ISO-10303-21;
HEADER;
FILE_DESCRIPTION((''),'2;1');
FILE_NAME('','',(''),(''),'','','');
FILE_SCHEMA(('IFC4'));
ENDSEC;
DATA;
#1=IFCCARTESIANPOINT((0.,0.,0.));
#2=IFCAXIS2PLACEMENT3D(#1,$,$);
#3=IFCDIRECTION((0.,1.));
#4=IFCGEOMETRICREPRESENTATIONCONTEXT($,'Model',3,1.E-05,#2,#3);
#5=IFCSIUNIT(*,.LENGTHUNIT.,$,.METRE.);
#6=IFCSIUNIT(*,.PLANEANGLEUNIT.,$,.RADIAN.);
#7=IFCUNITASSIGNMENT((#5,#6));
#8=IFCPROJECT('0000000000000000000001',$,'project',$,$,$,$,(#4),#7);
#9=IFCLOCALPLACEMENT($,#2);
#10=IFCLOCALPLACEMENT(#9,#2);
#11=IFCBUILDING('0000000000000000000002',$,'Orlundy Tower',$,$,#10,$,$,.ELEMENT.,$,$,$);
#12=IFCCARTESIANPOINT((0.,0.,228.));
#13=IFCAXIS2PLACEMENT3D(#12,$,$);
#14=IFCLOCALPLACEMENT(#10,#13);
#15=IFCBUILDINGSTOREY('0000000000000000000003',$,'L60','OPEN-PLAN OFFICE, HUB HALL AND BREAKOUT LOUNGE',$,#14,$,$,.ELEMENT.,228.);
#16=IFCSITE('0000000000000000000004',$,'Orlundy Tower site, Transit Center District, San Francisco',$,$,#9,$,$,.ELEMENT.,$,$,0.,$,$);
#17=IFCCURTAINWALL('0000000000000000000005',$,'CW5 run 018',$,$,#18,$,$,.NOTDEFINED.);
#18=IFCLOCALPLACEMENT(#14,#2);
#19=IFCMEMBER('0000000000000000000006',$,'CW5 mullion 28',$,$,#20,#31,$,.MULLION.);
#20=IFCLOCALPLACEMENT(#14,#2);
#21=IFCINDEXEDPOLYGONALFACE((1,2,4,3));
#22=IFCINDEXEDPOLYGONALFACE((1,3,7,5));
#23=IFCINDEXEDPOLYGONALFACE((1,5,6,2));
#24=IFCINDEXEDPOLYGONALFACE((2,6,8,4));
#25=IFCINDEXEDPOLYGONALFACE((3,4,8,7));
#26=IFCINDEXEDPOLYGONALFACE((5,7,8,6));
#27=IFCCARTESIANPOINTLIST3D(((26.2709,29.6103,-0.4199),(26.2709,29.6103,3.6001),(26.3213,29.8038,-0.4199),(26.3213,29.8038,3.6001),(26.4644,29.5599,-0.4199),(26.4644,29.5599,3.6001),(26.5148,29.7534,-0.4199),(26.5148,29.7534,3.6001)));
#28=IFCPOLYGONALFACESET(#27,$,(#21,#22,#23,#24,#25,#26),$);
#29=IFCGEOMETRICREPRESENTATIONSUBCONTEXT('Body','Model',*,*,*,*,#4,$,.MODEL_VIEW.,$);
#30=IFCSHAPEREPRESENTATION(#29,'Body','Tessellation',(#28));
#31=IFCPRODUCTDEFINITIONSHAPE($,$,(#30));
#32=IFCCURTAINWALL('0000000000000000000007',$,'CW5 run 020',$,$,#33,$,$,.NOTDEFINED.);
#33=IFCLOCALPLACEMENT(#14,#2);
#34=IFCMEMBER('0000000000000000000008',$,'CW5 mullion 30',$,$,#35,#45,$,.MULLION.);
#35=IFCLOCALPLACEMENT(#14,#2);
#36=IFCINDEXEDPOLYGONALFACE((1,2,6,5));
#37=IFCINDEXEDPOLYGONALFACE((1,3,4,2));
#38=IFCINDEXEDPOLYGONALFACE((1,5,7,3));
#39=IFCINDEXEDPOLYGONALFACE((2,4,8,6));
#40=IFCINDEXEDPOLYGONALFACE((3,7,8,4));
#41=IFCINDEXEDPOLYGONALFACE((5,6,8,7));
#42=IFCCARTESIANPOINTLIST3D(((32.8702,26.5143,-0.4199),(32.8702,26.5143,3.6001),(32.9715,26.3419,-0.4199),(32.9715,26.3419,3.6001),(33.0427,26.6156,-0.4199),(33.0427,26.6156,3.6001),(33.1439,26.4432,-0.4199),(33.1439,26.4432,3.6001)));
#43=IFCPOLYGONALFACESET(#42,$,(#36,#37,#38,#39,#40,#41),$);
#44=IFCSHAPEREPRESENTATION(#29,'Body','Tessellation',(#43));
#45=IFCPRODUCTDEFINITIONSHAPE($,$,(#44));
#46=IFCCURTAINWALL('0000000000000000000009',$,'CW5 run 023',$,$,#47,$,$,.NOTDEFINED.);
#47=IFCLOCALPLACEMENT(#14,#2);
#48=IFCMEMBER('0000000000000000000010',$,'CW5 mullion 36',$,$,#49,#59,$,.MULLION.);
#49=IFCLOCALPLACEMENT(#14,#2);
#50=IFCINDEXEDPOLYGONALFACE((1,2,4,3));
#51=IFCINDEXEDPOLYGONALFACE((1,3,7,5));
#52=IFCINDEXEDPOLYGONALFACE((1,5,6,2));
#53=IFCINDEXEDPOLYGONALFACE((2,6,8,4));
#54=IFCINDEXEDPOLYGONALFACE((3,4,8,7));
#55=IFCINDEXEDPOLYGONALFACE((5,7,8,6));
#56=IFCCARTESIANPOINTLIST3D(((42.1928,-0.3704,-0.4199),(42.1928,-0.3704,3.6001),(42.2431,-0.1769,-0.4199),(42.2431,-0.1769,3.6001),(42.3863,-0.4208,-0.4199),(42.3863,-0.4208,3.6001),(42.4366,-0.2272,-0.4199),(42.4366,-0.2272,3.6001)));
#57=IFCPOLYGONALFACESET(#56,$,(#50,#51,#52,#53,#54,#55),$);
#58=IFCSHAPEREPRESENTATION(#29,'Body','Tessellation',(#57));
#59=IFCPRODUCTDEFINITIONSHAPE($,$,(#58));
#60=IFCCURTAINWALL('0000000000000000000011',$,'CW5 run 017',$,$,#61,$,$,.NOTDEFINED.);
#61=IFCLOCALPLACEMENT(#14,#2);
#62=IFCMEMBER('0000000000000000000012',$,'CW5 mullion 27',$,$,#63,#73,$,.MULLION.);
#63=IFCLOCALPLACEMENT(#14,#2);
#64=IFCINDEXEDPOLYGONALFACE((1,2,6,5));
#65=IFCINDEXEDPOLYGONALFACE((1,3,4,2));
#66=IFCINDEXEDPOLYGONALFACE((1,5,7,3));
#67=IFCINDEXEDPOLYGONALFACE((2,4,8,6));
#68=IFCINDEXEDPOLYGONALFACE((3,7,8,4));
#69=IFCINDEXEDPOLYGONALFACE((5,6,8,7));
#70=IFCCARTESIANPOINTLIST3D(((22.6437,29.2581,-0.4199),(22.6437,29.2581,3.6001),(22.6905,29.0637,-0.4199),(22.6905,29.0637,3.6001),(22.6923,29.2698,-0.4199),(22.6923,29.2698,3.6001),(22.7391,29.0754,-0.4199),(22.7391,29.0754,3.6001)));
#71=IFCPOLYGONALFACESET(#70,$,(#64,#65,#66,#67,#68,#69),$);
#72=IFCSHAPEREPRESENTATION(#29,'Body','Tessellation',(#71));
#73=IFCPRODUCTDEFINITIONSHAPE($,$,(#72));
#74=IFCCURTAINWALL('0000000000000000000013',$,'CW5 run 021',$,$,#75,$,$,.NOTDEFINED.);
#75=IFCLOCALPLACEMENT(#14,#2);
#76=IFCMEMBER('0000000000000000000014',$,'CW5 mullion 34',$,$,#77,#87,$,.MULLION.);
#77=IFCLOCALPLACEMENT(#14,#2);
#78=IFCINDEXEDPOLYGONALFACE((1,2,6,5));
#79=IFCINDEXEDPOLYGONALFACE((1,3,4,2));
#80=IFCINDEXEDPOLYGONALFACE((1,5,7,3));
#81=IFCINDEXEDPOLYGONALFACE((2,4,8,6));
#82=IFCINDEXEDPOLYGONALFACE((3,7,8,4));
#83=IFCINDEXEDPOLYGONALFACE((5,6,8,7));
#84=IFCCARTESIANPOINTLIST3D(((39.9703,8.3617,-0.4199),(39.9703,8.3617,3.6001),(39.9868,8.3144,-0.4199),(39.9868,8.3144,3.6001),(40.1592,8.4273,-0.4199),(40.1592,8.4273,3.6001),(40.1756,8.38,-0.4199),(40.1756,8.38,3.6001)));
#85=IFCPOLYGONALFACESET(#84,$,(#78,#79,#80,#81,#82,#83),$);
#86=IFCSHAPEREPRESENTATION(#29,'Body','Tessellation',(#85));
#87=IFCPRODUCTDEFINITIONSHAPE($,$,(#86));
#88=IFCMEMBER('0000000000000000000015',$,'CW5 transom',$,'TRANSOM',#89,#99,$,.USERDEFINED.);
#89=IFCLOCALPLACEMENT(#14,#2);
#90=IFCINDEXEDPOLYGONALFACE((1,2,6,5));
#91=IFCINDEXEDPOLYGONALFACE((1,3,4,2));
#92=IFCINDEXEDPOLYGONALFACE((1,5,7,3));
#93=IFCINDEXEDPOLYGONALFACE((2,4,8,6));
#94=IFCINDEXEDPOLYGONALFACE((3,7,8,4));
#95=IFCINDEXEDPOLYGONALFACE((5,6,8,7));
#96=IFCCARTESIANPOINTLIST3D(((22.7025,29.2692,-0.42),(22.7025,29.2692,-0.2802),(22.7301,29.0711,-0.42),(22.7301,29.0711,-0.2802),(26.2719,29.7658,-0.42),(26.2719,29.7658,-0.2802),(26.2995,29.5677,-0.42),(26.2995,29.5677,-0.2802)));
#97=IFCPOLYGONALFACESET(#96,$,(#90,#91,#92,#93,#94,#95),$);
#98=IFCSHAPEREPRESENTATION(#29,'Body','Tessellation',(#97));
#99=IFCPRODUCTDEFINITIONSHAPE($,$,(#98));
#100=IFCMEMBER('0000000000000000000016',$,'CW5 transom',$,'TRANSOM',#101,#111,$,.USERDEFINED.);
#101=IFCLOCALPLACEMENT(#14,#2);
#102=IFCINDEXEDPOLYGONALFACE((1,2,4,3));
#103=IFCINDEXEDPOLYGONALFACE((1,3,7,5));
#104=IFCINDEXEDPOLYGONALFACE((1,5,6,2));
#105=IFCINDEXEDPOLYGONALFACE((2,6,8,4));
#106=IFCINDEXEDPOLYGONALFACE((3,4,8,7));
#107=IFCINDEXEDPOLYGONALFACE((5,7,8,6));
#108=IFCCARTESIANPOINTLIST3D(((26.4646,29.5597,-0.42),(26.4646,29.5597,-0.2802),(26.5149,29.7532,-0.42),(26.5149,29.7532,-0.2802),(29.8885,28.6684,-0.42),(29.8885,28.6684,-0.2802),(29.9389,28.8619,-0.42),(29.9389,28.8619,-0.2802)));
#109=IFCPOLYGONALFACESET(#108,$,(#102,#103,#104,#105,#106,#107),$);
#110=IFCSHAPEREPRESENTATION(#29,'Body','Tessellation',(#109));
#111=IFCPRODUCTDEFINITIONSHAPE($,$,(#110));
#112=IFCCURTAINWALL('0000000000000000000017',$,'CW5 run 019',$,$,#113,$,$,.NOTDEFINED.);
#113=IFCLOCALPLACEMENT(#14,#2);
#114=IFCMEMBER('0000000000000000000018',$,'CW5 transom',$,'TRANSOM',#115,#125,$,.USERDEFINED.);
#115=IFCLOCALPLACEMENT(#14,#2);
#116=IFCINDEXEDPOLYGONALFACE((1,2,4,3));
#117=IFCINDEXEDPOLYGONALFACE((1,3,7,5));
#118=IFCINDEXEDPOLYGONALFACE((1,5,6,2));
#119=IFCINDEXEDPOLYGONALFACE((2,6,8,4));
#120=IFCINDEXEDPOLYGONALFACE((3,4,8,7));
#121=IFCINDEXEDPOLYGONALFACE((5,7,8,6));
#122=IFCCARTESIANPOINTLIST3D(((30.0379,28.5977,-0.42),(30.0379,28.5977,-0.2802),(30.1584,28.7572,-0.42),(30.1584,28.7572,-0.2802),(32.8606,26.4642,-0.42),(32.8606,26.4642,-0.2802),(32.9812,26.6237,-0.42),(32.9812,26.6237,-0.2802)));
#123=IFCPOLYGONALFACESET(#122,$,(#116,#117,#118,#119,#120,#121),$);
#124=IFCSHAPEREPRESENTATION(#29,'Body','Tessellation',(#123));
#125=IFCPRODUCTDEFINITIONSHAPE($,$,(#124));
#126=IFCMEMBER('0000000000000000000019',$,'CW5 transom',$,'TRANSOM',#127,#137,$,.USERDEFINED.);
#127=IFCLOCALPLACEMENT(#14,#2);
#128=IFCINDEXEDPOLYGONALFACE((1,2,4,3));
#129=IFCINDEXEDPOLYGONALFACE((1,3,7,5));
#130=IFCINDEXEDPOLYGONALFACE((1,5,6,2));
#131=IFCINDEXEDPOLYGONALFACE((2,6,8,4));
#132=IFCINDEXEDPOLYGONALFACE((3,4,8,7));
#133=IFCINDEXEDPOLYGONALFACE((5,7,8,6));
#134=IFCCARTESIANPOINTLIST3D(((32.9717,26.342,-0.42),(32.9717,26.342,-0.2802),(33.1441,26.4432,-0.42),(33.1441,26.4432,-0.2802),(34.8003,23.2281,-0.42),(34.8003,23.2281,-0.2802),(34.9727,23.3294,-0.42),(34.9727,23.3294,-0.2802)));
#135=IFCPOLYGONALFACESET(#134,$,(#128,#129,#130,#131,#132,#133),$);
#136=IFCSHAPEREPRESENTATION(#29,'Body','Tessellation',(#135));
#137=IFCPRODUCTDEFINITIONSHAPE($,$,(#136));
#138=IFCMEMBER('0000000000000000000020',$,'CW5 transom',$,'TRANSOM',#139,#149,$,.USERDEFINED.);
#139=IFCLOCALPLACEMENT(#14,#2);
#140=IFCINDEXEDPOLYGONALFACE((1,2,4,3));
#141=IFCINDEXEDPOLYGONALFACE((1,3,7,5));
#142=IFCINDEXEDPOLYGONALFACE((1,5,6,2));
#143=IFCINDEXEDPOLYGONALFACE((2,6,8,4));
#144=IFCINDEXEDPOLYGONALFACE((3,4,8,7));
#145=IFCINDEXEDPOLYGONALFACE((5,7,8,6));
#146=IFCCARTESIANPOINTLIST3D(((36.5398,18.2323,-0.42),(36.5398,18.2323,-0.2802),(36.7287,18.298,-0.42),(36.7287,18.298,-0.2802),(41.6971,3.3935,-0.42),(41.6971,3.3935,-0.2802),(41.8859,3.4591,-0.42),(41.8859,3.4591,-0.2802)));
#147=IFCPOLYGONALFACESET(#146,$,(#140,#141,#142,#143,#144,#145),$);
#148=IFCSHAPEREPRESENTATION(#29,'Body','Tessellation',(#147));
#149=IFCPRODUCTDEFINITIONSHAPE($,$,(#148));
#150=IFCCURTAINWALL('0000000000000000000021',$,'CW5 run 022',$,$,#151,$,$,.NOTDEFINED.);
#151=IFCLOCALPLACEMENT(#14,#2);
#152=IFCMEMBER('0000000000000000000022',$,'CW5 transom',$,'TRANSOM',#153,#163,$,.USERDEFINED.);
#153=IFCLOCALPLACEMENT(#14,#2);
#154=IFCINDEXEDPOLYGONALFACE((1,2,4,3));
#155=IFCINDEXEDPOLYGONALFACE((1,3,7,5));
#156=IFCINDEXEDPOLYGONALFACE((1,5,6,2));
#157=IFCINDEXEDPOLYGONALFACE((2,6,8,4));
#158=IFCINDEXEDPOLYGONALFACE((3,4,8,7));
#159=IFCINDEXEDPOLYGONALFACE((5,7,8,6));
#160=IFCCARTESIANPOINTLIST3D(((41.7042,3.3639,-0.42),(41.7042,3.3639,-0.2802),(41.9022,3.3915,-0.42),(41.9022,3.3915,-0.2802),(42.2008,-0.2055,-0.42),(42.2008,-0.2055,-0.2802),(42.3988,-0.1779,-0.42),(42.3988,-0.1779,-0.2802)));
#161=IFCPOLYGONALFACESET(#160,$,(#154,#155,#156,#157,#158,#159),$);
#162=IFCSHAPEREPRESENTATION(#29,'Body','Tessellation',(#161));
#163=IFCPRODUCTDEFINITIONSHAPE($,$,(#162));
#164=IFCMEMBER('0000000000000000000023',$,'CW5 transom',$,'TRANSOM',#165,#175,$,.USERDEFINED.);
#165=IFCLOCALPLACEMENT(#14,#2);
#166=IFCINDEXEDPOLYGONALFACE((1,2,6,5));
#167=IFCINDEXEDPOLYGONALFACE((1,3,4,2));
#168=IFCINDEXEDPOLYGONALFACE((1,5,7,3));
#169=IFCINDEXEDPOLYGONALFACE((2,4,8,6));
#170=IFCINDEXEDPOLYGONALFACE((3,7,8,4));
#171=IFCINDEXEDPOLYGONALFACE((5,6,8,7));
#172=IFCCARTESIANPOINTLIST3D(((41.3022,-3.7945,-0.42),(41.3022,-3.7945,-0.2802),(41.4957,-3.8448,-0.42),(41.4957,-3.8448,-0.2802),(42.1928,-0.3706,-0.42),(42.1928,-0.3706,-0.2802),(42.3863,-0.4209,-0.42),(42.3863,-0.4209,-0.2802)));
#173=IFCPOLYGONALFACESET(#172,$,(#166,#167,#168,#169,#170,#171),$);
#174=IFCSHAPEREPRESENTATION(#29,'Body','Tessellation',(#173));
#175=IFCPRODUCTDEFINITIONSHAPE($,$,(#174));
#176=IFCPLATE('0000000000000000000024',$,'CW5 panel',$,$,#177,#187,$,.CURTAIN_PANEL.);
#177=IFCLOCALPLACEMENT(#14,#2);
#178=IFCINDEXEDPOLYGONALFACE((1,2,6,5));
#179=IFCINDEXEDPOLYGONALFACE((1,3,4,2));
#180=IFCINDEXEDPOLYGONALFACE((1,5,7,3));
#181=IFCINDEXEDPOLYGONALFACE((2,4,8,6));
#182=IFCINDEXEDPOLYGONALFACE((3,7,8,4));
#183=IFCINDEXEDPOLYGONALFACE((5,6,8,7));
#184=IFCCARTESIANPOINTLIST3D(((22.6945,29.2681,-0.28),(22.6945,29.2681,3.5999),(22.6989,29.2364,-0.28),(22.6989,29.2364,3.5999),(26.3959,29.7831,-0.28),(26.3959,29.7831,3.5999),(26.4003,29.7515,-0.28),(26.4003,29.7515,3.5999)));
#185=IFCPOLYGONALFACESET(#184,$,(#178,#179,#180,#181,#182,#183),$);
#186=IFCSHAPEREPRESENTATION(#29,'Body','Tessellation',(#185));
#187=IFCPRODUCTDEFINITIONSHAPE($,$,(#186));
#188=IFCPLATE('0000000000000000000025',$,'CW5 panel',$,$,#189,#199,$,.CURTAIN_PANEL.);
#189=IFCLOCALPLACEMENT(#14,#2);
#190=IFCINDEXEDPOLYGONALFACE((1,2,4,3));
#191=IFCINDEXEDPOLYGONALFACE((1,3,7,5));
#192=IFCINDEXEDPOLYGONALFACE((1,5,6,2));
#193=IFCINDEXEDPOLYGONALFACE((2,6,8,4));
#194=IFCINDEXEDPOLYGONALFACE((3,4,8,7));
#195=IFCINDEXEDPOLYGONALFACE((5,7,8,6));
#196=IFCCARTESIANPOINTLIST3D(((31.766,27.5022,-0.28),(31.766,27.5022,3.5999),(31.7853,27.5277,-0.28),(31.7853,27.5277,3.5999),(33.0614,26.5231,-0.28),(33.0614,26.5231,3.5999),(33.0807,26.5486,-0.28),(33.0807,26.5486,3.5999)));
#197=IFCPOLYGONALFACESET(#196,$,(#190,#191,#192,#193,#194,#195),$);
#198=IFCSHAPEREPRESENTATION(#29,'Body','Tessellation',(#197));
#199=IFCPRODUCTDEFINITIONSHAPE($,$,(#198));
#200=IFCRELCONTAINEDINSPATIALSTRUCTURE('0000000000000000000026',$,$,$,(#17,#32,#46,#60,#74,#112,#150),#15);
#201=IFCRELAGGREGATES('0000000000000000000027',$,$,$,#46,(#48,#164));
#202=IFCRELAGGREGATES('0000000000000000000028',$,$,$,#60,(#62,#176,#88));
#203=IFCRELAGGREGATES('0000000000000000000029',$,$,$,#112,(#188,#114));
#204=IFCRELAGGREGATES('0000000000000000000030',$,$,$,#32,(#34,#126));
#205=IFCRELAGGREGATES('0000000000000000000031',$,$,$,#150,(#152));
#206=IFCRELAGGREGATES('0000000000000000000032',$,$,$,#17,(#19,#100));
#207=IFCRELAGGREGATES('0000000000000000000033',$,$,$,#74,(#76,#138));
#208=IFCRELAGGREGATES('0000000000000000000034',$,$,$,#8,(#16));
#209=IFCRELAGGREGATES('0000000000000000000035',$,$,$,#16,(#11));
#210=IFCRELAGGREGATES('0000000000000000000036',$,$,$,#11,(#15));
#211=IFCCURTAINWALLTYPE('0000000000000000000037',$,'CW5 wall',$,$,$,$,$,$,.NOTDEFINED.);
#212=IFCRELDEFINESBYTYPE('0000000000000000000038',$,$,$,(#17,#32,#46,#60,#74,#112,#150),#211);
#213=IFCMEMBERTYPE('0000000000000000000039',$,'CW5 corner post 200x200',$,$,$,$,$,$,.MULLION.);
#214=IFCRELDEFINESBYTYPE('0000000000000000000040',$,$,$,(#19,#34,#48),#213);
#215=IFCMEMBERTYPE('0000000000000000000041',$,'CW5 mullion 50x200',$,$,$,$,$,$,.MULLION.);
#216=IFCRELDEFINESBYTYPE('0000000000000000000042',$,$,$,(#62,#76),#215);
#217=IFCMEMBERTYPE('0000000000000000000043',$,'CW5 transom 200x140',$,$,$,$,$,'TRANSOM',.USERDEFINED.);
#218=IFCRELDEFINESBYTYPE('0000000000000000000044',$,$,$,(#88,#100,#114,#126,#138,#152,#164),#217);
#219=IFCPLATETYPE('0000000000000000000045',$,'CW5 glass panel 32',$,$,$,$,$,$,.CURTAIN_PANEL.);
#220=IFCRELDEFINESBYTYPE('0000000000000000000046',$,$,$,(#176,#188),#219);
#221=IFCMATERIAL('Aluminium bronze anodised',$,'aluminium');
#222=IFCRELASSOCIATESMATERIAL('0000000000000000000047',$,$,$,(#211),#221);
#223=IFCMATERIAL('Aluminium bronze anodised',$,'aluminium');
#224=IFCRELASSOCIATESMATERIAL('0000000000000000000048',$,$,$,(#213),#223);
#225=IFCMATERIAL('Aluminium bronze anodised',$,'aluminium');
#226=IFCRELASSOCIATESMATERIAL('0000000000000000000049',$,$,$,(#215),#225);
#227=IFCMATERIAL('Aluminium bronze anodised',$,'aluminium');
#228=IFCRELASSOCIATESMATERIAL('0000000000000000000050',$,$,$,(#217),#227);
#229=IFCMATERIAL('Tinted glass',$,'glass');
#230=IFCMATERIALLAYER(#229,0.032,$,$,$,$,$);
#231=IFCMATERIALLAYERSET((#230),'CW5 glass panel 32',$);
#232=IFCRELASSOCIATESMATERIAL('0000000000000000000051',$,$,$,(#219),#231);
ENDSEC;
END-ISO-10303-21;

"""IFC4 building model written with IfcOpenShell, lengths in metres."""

from ifc_helpers import new_model, si_unit, direction, frame, origin, origin_2d, place, context, subcontext, project, spatial, rectangle, extrude, material, layer, layer_set, material_profile, profile_set, type_object, element, aggregate, save


model = new_model("IFC4")

# Units and contexts
model_context = context("Model", 3, precision=1e-05, world=origin(), true_north=direction((0.0, 1.0)))
body_context = subcontext(model_context, "Body", "Model", "MODEL_VIEW")
ifc_project = project(units=[si_unit("LENGTHUNIT", "METRE"), si_unit("PLANEANGLEUNIT", "RADIAN")], contexts=[model_context])

# Site, building, storey
site_placement = place(None, origin())
site = spatial("IfcSite", under=ifc_project, at=site_placement, Name="Orlundy Tower site, Transit Center District, San Francisco", CompositionType="ELEMENT", RefElevation=0.0)
building_placement = place(site_placement, origin())
building = spatial("IfcBuilding", under=site, at=building_placement, Name="Orlundy Tower", CompositionType="ELEMENT")
storey_placement = place(building_placement, frame((0.0, 0.0, 228.0)))
storey = spatial("IfcBuildingStorey", under=building, at=storey_placement, Name="L60", Description="OPEN-PLAN OFFICE, HUB HALL AND BREAKOUT LOUNGE", CompositionType="ELEMENT", Elevation=228.0)

# Curtain walls, members
ifc_material_1 = material(Name="Aluminium bronze anodised", Category="aluminium")
curtain_wall_type = type_object("IfcCurtainWallType", Name="CW5 wall", PredefinedType="NOTDEFINED", material=ifc_material_1)
curtain_wall_1_placement = place(storey_placement, origin())
curtain_wall_1 = element("IfcCurtainWall", 1, at=curtain_wall_1_placement, inside=storey, type_object=curtain_wall_type, Name="CW5 run 018", PredefinedType="NOTDEFINED")
ifc_material_2 = material(Name="Aluminium bronze anodised", Category="aluminium")
ifc_material_profile_1 = material_profile(ifc_material_2, rectangle(XDim=0.2, YDim=0.2, at=origin_2d()), Name="CW5 corner post 200x200")
ifc_profile_set_1 = profile_set([ifc_material_profile_1], Name="Aluminium bronze anodised")
member_type_1 = type_object("IfcMemberType", Name="CW5 corner post 200x200", PredefinedType="MULLION", material=ifc_profile_set_1)
member_1_placement = place(storey_placement, frame((26.3928, 29.6819, -0.4199), z_axis=(0.0, 0.0, 1.0), x_axis=(0.251983, 0.967732, 0.0)))
member_1 = element("IfcMember", 2, at=member_1_placement, type_object=member_type_1, Name="CW5 mullion 28", PredefinedType="MULLION", context=body_context, shape_type="SweptSolid", body=[
    extrude(rectangle(XDim=0.2, YDim=0.2, at=origin_2d()), origin(), (0.0, 0.0, 1.0), 4.02),
])
curtain_wall_2_placement = place(storey_placement, origin())
curtain_wall_2 = element("IfcCurtainWall", 3, at=curtain_wall_2_placement, inside=storey, type_object=curtain_wall_type, Name="CW5 run 020", PredefinedType="NOTDEFINED")
member_2_placement = place(storey_placement, frame((33.0071, 26.4788, -0.4199), z_axis=(0.0, 0.0, 1.0), x_axis=(0.862288, 0.506419, 0.0)))
member_2 = element("IfcMember", 4, at=member_2_placement, type_object=member_type_1, Name="CW5 mullion 30", PredefinedType="MULLION", context=body_context, shape_type="SweptSolid", body=[
    extrude(rectangle(XDim=0.2, YDim=0.2, at=origin_2d()), origin(), (0.0, 0.0, 1.0), 4.02),
])
curtain_wall_3_placement = place(storey_placement, origin())
curtain_wall_3 = element("IfcCurtainWall", 5, at=curtain_wall_3_placement, inside=storey, type_object=curtain_wall_type, Name="CW5 run 023", PredefinedType="NOTDEFINED")
member_3_placement = place(storey_placement, frame((42.3147, -0.2988, -0.4199), z_axis=(0.0, 0.0, 1.0), x_axis=(0.967798, -0.25173, 0.0)))
member_3 = element("IfcMember", 6, at=member_3_placement, type_object=member_type_1, Name="CW5 mullion 36", PredefinedType="MULLION", context=body_context, shape_type="SweptSolid", body=[
    extrude(rectangle(XDim=0.2, YDim=0.2, at=origin_2d()), origin(), (0.0, 0.0, 1.0), 4.02),
])
curtain_wall_4_placement = place(storey_placement, origin())
curtain_wall_4 = element("IfcCurtainWall", 7, at=curtain_wall_4_placement, inside=storey, type_object=curtain_wall_type, Name="CW5 run 017", PredefinedType="NOTDEFINED")
ifc_material_3 = material(Name="Aluminium bronze anodised", Category="aluminium")
ifc_material_profile_2 = material_profile(ifc_material_3, rectangle(XDim=0.2, YDim=0.05, at=origin_2d()), Name="CW5 mullion 50x200")
ifc_profile_set_2 = profile_set([ifc_material_profile_2], Name="Aluminium bronze anodised")
member_type_2 = type_object("IfcMemberType", Name="CW5 mullion 50x200", PredefinedType="MULLION", material=ifc_profile_set_2)
member_4_placement = place(storey_placement, frame((22.6914, 29.1667, -0.4199), z_axis=(0.0, 0.0, 1.0), x_axis=(-0.234196, 0.97219, 0.0)))
member_4 = element("IfcMember", 8, at=member_4_placement, type_object=member_type_2, Name="CW5 mullion 27", PredefinedType="MULLION", context=body_context, shape_type="SweptSolid", body=[
    extrude(rectangle(XDim=0.2, YDim=0.05, at=origin_2d()), origin(), (0.0, 0.0, 1.0), 4.02),
])
curtain_wall_5_placement = place(storey_placement, origin())
curtain_wall_5 = element("IfcCurtainWall", 9, at=curtain_wall_5_placement, inside=storey, type_object=curtain_wall_type, Name="CW5 run 021", PredefinedType="NOTDEFINED")
member_5_placement = place(storey_placement, frame((40.073, 8.3708, -0.4199), z_axis=(0.0, 0.0, 1.0), x_axis=(0.944578, 0.328288, 0.0)))
member_5 = element("IfcMember", 10, at=member_5_placement, type_object=member_type_2, Name="CW5 mullion 34", PredefinedType="MULLION", context=body_context, shape_type="SweptSolid", body=[
    extrude(rectangle(XDim=0.2, YDim=0.05, at=origin_2d()), origin(), (0.0, 0.0, 1.0), 4.02),
])

# Members
ifc_material_4 = material(Name="Aluminium bronze anodised", Category="aluminium")
ifc_material_profile_3 = material_profile(ifc_material_4, rectangle(XDim=0.2, YDim=0.1399, at=origin_2d()), Name="CW5 transom 200x140")
ifc_profile_set_3 = profile_set([ifc_material_profile_3], Name="Aluminium bronze anodised")
member_type_3 = type_object("IfcMemberType", Name="CW5 transom 200x140", ElementType="TRANSOM", PredefinedType="USERDEFINED", material=ifc_profile_set_3)
member_6_placement = place(storey_placement, frame((22.7163, 29.1702, -0.3501), z_axis=(0.99046, 0.137797, 0.0), x_axis=(-0.137797, 0.99046, 0.0)))
member_6 = element("IfcMember", 11, at=member_6_placement, type_object=member_type_3, Name="CW5 transom", ObjectType="TRANSOM", PredefinedType="USERDEFINED", context=body_context, shape_type="SweptSolid", body=[
    extrude(rectangle(XDim=0.2, YDim=0.1399, at=origin_2d()), origin(), (0.0, 0.0, 1.0), 3.6038),
])
member_7_placement = place(storey_placement, frame((26.4897, 29.6565, -0.3501), z_axis=(0.967747, -0.251925, 0.0), x_axis=(0.251925, 0.967747, 0.0)))
member_7 = element("IfcMember", 12, at=member_7_placement, type_object=member_type_3, Name="CW5 transom", ObjectType="TRANSOM", PredefinedType="USERDEFINED", context=body_context, shape_type="SweptSolid", body=[
    extrude(rectangle(XDim=0.2, YDim=0.1399, at=origin_2d()), origin(), (0.0, 0.0, 1.0), 3.5381),
])

# Curtain wall, member
curtain_wall_6_placement = place(storey_placement, origin())
curtain_wall_6 = element("IfcCurtainWall", 13, at=curtain_wall_6_placement, inside=storey, type_object=curtain_wall_type, Name="CW5 run 019", PredefinedType="NOTDEFINED")
member_8_placement = place(storey_placement, frame((30.0981, 28.6775, -0.3501), z_axis=(0.797759, -0.602977, 0.0), x_axis=(0.602977, 0.797759, 0.0)))
member_8 = element("IfcMember", 14, at=member_8_placement, type_object=member_type_3, Name="CW5 transom", ObjectType="TRANSOM", PredefinedType="USERDEFINED", context=body_context, shape_type="SweptSolid", body=[
    extrude(rectangle(XDim=0.2, YDim=0.1399, at=origin_2d()), origin(), (0.0, 0.0, 1.0), 3.5383),
])

# Members
member_9_placement = place(storey_placement, frame((33.0579, 26.3926, -0.3501), z_axis=(0.5064, -0.862299, 0.0), x_axis=(0.862299, 0.5064, 0.0)))
member_9 = element("IfcMember", 15, at=member_9_placement, type_object=member_type_3, Name="CW5 transom", ObjectType="TRANSOM", PredefinedType="USERDEFINED", context=body_context, shape_type="SweptSolid", body=[
    extrude(rectangle(XDim=0.2, YDim=0.1399, at=origin_2d()), origin(), (0.0, 0.0, 1.0), 3.6111),
])
member_10_placement = place(storey_placement, frame((36.6343, 18.2651, -0.3501), z_axis=(0.328287, -0.944578, 0.0), x_axis=(0.944578, 0.328287, 0.0)))
member_10 = element("IfcMember", 16, at=member_10_placement, type_object=member_type_3, Name="CW5 transom", ObjectType="TRANSOM", PredefinedType="USERDEFINED", context=body_context, shape_type="SweptSolid", body=[
    extrude(rectangle(XDim=0.2, YDim=0.1399, at=origin_2d()), origin(), (0.0, 0.0, 1.0), 15.7095),
])

# Curtain wall, member
curtain_wall_7_placement = place(storey_placement, origin())
curtain_wall_7 = element("IfcCurtainWall", 17, at=curtain_wall_7_placement, inside=storey, type_object=curtain_wall_type, Name="CW5 run 022", PredefinedType="NOTDEFINED")
member_11_placement = place(storey_placement, frame((41.8032, 3.3777, -0.3501), z_axis=(0.137797, -0.99046, 0.0), x_axis=(0.99046, 0.137797, 0.0)))
member_11 = element("IfcMember", 18, at=member_11_placement, type_object=member_type_3, Name="CW5 transom", ObjectType="TRANSOM", PredefinedType="USERDEFINED", context=body_context, shape_type="SweptSolid", body=[
    extrude(rectangle(XDim=0.2, YDim=0.1399, at=origin_2d()), origin(), (0.0, 0.0, 1.0), 3.6038),
])

# Member
member_12_placement = place(storey_placement, frame((42.2896, -0.3958, -0.3501), z_axis=(-0.251748, -0.967793, 0.0), x_axis=(0.967793, -0.251748, 0.0)))
member_12 = element("IfcMember", 19, at=member_12_placement, type_object=member_type_3, Name="CW5 transom", ObjectType="TRANSOM", PredefinedType="USERDEFINED", context=body_context, shape_type="SweptSolid", body=[
    extrude(rectangle(XDim=0.2, YDim=0.1399, at=origin_2d()), origin(), (0.0, 0.0, 1.0), 3.5378),
])
aggregate(curtain_wall_3, [member_3, member_12])

# Plates
ifc_material_5 = material(Name="Tinted glass", Category="glass")
ifc_layer_1 = layer(ifc_material_5, 0.032)
ifc_layer_set_1 = layer_set([ifc_layer_1], Name="CW5 glass panel 32")
plate_type_1 = type_object("IfcPlateType", Name="CW5 glass panel 32", PredefinedType="CURTAIN_PANEL", material=ifc_layer_set_1)
plate_1_placement = place(storey_placement, frame((24.5474, 29.5098, -0.28), z_axis=(0.0, 0.0, 1.0), x_axis=(0.990455, 0.137833, 0.0)))
plate_1 = element("IfcPlate", 20, at=plate_1_placement, type_object=plate_type_1, Name="CW5 panel", PredefinedType="CURTAIN_PANEL", context=body_context, shape_type="SweptSolid", body=[
    extrude(rectangle(XDim=3.7371, YDim=0.032, at=origin_2d()), origin(), (0.0, 0.0, 1.0), 3.8799),
])
aggregate(curtain_wall_4, [member_4, plate_1, member_6])
plate_2_placement = place(storey_placement, frame((32.4233, 27.0254, -0.28), z_axis=(0.0, 0.0, 1.0), x_axis=(0.797761, -0.602974, 0.0)))
plate_2 = element("IfcPlate", 21, at=plate_2_placement, type_object=plate_type_1, Name="CW5 panel", PredefinedType="CURTAIN_PANEL", context=body_context, shape_type="SweptSolid", body=[
    extrude(rectangle(XDim=1.6238, YDim=0.032, at=origin_2d()), origin(), (0.0, 0.0, 1.0), 3.8799),
])
aggregate(curtain_wall_6, [plate_2, member_8])
aggregate(curtain_wall_2, [member_2, member_9])
aggregate(curtain_wall_7, [member_11])
aggregate(curtain_wall_1, [member_1, member_7])
aggregate(curtain_wall_5, [member_5, member_10])

save(model, "model.ifc")
